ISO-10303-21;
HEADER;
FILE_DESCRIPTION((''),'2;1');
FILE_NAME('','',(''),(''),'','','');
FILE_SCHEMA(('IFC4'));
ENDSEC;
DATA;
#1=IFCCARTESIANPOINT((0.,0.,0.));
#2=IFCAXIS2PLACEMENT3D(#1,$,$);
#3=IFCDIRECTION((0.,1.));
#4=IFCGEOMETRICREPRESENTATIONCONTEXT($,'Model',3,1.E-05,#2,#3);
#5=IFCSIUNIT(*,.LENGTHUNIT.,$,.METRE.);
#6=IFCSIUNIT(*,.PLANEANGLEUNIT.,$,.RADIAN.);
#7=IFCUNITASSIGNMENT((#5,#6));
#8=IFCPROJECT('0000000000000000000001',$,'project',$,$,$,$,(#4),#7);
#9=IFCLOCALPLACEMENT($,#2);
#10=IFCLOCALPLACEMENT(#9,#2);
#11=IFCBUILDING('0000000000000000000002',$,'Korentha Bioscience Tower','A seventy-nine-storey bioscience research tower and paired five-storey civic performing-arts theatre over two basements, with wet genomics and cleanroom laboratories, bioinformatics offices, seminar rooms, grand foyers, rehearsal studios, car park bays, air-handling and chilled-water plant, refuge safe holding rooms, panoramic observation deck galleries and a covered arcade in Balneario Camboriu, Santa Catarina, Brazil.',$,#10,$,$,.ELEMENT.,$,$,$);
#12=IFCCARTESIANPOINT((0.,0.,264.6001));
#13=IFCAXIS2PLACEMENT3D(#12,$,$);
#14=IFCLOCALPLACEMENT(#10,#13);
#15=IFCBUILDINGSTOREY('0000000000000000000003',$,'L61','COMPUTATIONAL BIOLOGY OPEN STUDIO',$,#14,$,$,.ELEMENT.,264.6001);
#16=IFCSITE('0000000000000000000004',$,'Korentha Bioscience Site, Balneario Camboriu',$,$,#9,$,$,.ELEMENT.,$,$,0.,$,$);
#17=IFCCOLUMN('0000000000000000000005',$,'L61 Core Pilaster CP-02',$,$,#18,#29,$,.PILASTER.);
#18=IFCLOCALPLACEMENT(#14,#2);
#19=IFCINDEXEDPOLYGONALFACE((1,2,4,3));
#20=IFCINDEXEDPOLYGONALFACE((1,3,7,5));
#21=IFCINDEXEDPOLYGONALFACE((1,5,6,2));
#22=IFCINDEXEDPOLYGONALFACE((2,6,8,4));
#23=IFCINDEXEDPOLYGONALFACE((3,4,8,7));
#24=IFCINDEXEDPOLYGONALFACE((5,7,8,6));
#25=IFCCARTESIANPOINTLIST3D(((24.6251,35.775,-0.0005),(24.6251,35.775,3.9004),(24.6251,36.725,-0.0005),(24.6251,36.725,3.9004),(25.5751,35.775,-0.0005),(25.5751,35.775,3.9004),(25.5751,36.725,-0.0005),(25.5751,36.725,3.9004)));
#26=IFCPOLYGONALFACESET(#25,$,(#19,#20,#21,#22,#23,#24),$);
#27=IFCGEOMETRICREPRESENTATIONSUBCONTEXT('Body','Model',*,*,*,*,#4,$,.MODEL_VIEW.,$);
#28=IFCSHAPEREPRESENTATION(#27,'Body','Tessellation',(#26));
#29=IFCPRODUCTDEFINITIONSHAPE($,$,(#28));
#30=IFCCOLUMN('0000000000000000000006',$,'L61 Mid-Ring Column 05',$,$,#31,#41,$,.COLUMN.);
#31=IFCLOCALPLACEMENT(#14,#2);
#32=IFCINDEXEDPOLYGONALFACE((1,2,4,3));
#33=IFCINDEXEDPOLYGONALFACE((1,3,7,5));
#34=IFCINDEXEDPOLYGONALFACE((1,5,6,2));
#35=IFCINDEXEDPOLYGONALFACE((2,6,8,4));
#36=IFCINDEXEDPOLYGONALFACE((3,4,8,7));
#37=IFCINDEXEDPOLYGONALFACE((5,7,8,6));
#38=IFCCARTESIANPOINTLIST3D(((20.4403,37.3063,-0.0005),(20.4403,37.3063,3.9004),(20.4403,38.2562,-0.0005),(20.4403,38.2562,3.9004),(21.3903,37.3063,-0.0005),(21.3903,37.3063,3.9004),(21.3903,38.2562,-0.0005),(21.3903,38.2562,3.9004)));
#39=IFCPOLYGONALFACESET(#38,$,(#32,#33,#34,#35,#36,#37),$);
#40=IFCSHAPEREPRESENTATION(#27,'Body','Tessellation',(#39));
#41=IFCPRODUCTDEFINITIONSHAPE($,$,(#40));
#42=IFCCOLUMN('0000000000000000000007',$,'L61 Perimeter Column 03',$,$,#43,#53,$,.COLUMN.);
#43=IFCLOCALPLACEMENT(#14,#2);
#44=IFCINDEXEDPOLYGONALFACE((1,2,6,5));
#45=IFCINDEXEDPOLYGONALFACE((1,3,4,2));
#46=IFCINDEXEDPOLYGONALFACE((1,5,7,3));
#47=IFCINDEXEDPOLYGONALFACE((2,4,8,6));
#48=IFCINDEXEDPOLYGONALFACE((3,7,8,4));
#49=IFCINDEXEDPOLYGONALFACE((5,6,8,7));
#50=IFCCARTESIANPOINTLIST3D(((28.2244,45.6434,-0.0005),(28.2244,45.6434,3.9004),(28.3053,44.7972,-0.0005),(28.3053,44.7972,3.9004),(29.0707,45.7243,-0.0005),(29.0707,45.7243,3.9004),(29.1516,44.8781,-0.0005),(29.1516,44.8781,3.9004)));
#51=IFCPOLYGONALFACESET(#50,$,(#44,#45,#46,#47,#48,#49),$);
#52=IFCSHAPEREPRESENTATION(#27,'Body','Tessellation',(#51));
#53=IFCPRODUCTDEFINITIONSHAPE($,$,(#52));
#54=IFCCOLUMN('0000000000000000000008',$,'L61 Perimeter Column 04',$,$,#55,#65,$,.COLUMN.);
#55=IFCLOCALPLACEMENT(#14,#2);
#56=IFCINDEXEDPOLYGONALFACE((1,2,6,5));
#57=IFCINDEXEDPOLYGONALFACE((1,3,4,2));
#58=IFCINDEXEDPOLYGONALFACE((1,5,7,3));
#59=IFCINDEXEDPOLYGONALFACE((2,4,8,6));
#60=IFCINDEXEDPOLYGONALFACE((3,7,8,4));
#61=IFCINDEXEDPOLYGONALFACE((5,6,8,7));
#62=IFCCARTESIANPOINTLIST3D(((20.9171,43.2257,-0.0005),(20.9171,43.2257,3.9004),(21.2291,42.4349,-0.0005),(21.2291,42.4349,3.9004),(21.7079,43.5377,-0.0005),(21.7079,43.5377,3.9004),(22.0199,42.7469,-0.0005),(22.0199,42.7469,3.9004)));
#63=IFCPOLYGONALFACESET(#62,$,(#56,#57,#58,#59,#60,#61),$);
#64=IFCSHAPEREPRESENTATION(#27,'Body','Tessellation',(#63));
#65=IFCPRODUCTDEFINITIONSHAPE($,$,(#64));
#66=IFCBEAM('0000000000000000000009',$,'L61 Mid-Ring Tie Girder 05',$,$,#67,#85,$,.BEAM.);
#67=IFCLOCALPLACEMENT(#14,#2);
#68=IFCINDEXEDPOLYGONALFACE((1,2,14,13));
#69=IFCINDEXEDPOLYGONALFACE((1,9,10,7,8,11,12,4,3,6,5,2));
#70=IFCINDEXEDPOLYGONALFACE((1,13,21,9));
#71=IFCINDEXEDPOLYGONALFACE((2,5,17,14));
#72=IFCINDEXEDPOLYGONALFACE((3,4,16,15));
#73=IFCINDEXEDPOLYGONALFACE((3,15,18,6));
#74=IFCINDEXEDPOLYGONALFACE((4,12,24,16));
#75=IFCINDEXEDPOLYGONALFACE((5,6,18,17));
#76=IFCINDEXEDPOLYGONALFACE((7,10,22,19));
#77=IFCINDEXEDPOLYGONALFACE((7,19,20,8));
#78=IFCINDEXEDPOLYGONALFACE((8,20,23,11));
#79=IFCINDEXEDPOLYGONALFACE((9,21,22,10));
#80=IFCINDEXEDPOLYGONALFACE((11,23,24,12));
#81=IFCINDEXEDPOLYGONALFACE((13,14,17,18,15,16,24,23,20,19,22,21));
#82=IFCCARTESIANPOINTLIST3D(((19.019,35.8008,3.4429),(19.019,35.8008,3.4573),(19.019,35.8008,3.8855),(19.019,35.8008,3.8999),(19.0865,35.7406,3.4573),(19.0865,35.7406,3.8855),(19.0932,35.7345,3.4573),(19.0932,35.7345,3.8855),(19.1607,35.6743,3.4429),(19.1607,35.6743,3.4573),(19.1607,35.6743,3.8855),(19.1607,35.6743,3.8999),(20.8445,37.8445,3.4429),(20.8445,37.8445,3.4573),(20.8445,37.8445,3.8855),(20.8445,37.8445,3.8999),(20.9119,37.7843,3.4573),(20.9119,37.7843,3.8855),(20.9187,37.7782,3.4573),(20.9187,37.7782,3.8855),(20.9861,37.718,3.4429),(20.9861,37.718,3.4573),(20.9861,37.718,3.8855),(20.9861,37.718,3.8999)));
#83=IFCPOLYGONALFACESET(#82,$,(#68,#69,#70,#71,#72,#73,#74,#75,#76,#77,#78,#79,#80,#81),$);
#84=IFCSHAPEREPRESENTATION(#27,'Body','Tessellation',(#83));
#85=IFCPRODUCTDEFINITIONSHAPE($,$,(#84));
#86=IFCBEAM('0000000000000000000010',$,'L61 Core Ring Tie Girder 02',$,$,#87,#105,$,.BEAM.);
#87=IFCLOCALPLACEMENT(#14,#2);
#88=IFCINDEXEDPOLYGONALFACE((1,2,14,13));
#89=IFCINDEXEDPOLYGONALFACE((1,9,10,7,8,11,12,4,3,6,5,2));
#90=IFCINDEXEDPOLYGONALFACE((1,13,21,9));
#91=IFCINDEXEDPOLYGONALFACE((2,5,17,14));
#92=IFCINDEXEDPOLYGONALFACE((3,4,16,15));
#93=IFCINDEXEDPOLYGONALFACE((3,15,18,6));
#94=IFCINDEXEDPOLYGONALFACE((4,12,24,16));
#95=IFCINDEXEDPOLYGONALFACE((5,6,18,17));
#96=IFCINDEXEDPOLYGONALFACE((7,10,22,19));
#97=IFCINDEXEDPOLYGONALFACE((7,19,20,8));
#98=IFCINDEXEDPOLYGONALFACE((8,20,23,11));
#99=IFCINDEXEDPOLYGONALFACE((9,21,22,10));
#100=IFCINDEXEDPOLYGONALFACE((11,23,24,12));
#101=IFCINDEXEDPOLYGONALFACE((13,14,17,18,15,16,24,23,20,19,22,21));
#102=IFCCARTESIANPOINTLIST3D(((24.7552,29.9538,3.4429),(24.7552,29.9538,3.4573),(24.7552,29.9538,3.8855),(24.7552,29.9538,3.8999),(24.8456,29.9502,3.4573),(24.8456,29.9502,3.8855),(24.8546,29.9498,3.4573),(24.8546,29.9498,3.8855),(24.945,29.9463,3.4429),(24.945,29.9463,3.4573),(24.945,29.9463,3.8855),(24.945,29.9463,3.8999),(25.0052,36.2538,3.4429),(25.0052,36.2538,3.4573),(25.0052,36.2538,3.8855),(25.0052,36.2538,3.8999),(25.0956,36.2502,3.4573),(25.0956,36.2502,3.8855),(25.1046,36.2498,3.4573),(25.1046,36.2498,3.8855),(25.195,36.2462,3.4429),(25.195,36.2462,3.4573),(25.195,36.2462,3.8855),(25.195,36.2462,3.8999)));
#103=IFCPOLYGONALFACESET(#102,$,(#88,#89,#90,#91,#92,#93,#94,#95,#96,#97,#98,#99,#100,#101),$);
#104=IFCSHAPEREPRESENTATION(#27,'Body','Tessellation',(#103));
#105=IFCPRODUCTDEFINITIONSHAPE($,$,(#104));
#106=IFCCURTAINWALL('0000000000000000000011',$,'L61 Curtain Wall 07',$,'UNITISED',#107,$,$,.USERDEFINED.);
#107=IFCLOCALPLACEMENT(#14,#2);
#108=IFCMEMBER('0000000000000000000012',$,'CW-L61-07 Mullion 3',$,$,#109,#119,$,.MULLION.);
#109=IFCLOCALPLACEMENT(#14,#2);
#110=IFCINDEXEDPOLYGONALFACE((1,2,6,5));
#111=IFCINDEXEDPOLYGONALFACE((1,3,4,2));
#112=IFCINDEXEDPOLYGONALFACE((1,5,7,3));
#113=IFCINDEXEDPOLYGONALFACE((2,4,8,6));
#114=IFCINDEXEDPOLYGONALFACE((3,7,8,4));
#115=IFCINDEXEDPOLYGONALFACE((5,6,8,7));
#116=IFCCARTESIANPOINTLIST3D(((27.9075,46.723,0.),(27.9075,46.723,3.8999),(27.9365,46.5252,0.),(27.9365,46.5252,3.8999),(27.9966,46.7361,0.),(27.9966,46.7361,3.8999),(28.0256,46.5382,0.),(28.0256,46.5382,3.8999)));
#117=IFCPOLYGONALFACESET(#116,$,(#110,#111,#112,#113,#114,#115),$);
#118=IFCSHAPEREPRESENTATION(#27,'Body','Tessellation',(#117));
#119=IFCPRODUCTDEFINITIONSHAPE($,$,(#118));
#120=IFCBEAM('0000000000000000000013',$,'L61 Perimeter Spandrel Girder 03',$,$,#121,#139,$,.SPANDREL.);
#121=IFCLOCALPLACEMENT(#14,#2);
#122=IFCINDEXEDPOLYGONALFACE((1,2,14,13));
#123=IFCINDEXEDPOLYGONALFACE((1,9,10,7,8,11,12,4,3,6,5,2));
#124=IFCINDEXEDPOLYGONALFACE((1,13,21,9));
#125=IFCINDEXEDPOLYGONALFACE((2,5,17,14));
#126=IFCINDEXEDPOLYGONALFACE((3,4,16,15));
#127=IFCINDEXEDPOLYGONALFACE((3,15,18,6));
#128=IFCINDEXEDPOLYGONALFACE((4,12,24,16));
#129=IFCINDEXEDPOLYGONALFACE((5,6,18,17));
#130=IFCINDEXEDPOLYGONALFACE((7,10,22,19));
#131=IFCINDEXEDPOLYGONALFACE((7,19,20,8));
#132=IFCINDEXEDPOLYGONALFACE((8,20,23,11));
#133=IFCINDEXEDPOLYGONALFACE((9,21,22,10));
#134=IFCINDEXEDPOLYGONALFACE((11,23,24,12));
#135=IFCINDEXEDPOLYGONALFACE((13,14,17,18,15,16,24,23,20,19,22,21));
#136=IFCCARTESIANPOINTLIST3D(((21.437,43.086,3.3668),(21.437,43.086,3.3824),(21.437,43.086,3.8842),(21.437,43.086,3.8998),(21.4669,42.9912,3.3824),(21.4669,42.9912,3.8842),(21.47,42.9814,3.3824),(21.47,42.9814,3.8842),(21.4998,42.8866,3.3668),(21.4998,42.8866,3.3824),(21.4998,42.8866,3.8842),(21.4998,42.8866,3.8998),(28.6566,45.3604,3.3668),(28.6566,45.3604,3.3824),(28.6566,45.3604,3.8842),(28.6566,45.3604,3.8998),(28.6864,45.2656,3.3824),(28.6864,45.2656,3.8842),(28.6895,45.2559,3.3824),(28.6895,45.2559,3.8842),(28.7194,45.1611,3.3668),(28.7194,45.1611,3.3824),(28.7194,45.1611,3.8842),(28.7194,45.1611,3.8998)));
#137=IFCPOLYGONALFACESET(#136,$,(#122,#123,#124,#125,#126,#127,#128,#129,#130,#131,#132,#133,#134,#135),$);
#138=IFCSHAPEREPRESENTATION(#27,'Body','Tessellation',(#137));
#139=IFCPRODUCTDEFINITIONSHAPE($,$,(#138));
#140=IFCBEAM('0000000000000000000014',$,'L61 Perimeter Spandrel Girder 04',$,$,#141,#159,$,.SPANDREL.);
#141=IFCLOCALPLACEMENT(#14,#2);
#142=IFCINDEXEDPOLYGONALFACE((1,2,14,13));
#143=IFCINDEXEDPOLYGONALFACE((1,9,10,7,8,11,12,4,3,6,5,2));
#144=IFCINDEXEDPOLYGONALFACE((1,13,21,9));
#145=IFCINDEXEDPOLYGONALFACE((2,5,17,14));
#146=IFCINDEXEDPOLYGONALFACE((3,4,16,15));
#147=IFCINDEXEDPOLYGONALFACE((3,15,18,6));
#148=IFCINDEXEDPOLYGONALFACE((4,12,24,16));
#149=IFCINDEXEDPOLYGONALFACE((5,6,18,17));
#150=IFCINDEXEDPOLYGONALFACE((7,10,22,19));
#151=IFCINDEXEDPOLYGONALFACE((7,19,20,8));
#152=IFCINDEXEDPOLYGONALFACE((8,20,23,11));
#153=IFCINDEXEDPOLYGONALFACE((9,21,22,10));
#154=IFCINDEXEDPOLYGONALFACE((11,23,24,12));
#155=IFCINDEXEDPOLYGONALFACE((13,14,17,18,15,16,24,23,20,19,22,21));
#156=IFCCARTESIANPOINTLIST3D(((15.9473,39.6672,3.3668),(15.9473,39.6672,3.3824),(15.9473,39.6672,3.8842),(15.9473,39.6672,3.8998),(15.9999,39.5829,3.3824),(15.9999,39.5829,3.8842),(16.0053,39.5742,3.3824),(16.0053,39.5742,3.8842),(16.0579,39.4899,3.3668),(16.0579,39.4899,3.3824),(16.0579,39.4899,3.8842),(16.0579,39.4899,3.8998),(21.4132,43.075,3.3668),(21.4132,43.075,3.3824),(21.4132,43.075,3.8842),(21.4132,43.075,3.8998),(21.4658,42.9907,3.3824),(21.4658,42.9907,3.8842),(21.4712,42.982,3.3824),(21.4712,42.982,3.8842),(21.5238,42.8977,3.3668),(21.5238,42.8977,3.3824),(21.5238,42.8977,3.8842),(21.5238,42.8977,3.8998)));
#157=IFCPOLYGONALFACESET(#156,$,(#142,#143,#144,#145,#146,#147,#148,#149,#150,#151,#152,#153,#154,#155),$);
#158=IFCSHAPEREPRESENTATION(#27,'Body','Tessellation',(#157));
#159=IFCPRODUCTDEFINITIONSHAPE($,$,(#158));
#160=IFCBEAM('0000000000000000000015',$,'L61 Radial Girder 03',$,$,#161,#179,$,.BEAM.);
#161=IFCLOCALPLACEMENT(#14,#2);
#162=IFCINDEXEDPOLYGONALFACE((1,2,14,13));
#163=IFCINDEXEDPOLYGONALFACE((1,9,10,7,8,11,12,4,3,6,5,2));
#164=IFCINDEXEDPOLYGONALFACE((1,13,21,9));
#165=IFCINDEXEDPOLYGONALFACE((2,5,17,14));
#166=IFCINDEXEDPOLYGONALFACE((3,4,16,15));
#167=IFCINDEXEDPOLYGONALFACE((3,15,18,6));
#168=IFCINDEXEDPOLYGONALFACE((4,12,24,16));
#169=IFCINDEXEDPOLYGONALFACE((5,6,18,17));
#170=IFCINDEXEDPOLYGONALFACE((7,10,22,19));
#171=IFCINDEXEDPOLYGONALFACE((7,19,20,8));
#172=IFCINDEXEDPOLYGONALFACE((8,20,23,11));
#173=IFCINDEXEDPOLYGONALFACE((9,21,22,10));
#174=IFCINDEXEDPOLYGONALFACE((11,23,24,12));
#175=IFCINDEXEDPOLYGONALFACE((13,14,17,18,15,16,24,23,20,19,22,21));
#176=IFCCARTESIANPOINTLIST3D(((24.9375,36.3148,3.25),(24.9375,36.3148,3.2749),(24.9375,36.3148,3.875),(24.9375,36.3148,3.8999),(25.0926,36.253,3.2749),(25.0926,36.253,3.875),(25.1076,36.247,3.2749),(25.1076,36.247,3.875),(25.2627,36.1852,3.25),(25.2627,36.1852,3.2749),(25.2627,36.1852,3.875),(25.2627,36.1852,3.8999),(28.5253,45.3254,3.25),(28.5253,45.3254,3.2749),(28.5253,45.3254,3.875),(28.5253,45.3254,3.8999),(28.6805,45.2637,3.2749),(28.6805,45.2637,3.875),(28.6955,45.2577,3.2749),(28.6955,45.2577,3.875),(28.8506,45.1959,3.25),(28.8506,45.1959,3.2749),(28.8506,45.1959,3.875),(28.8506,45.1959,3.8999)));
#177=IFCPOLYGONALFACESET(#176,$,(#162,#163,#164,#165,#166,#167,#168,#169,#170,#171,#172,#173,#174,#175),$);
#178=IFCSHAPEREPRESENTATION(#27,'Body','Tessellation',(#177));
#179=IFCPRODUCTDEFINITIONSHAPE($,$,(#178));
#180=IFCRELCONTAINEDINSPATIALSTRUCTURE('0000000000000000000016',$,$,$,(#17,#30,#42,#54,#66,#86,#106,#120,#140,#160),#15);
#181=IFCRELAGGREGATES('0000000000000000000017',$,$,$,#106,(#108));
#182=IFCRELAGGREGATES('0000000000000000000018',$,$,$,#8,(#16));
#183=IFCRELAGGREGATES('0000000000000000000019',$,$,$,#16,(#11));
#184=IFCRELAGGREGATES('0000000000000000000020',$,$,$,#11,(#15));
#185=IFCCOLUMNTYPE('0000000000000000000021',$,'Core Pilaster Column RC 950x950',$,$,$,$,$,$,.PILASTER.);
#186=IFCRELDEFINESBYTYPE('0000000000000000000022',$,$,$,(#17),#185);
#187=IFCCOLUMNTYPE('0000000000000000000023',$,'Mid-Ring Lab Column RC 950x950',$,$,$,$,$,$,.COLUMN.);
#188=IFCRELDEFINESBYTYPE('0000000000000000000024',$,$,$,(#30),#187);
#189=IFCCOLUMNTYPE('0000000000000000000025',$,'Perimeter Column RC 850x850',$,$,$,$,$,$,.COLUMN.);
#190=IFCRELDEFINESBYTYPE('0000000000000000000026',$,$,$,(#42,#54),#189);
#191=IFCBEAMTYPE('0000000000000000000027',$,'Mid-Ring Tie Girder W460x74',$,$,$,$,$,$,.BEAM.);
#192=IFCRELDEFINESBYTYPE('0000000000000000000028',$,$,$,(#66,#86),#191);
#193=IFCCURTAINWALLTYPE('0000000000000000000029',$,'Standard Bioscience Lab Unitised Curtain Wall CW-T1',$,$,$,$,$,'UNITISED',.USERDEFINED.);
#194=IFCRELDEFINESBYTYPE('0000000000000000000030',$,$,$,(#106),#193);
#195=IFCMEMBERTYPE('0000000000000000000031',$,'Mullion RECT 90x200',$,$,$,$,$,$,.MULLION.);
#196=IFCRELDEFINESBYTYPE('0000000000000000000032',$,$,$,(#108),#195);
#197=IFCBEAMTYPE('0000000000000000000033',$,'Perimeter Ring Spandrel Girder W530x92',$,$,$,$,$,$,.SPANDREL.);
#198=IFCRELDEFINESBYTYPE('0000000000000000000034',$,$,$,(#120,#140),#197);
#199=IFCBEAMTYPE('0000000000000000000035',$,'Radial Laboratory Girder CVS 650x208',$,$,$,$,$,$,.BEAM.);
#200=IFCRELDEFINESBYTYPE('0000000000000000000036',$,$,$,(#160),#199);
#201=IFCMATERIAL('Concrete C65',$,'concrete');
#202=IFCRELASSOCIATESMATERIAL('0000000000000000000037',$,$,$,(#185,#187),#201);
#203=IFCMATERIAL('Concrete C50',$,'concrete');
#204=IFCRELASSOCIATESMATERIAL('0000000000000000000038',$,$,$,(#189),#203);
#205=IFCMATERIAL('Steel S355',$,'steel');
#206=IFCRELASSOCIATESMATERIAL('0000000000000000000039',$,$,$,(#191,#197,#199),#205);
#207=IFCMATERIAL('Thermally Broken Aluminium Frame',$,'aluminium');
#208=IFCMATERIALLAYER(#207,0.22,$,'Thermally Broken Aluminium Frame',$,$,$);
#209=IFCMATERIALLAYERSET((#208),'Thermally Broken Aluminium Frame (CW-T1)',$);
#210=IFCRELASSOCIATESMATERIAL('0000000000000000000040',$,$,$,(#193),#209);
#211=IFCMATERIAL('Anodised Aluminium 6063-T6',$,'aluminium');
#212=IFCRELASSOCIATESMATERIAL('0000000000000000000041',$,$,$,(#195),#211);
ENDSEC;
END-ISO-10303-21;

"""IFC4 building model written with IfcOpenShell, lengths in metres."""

from ifc_helpers import new_model, si_unit, direction, frame, origin, origin_2d, place, context, subcontext, project, spatial, rectangle, i_section, extrude, material, layer, layer_set, material_profile, profile_set, type_object, element, aggregate, save


model = new_model("IFC4")

# Units and contexts
model_context = context("Model", 3, precision=1e-05, world=origin(), true_north=direction((0.0, 1.0)))
body_context = subcontext(model_context, "Body", "Model", "MODEL_VIEW")
ifc_project = project(units=[si_unit("LENGTHUNIT", "METRE"), si_unit("PLANEANGLEUNIT", "RADIAN")], contexts=[model_context])

# Site, building, storey
site_placement = place(None, origin())
site = spatial("IfcSite", under=ifc_project, at=site_placement, Name="Korentha Bioscience Site, Balneario Camboriu", CompositionType="ELEMENT", RefElevation=0.0)
building_placement = place(site_placement, origin())
building = spatial("IfcBuilding", under=site, at=building_placement, Name="Korentha Bioscience Tower", Description="A seventy-nine-storey bioscience research tower and paired five-storey civic performing-arts theatre over two basements, with wet genomics and cleanroom laboratories, bioinformatics offices, seminar rooms, grand foyers, rehearsal studios, car park bays, air-handling and chilled-water plant, refuge safe holding rooms, panoramic observation deck galleries and a covered arcade in Balneario Camboriu, Santa Catarina, Brazil.", CompositionType="ELEMENT")
storey_placement = place(building_placement, frame((0.0, 0.0, 264.6001)))
storey = spatial("IfcBuildingStorey", under=building, at=storey_placement, Name="L61", Description="COMPUTATIONAL BIOLOGY OPEN STUDIO", CompositionType="ELEMENT", Elevation=264.6001)

# Columns
ifc_material_1 = material(Name="Concrete C65", Category="concrete")
ifc_material_profile_1 = material_profile(ifc_material_1, rectangle(XDim=0.95, YDim=0.95, at=origin_2d()), Name="Concrete C65")
ifc_profile_set_1 = profile_set([ifc_material_profile_1], Name="Concrete C65 (COL-CP09)")
column_type_1 = type_object("IfcColumnType", Name="Core Pilaster Column RC 950x950", PredefinedType="PILASTER", material=ifc_profile_set_1)
column_1_placement = place(storey_placement, frame((25.1001, 36.25, -0.0005), z_axis=(0.0, 0.0, 1.0), x_axis=(1.0, 0.0, 0.0)))
element("IfcColumn", 1, at=column_1_placement, inside=storey, type_object=column_type_1, Name="L61 Core Pilaster CP-02", PredefinedType="PILASTER", context=body_context, shape_type="SweptSolid", body=[
    extrude(rectangle(XDim=0.95, YDim=0.95, at=origin_2d()), origin(), (0.0, 0.0, 1.0), 3.9009),
])
ifc_material_profile_2 = material_profile(ifc_material_1, rectangle(XDim=0.95, YDim=0.95, at=origin_2d()), Name="Concrete C65")
ifc_profile_set_2 = profile_set([ifc_material_profile_2], Name="Concrete C65 (COL-MR09)")
column_type_2 = type_object("IfcColumnType", Name="Mid-Ring Lab Column RC 950x950", PredefinedType="COLUMN", material=ifc_profile_set_2)
column_2_placement = place(storey_placement, frame((20.9153, 37.7812, -0.0005), z_axis=(0.0, 0.0, 1.0), x_axis=(1.0, 0.0, 0.0)))
element("IfcColumn", 2, at=column_2_placement, inside=storey, type_object=column_type_2, Name="L61 Mid-Ring Column 05", PredefinedType="COLUMN", context=body_context, shape_type="SweptSolid", body=[
    extrude(rectangle(XDim=0.95, YDim=0.95, at=origin_2d()), origin(), (0.0, 0.0, 1.0), 3.9009),
])
ifc_material_2 = material(Name="Concrete C50", Category="concrete")
ifc_material_profile_3 = material_profile(ifc_material_2, rectangle(XDim=0.8501, YDim=0.8501, at=origin_2d()), Name="Concrete C50")
ifc_profile_set_3 = profile_set([ifc_material_profile_3], Name="Concrete C50 (COL-P08)")
column_type_3 = type_object("IfcColumnType", Name="Perimeter Column RC 850x850", PredefinedType="COLUMN", material=ifc_profile_set_3)
for number, where, z_axis, x_axis, name in (
    (3, (28.688, 45.2607, -0.0005), (0.0, 0.0, 1.0), (0.995463, 0.095151, 0.0), "L61 Perimeter Column 03"),
    (4, (21.4685, 42.9863, -0.0005), (0.0, 0.0, 1.0), (0.930226, 0.366988, 0.0), "L61 Perimeter Column 04"),
):
    element("IfcColumn", number, at=place(storey_placement, frame(where, z_axis=z_axis, x_axis=x_axis)), inside=storey, type_object=column_type_3, Name=name, PredefinedType="COLUMN", context=body_context, shape_type="SweptSolid", body=[
        extrude(rectangle(XDim=0.8501, YDim=0.8501, at=origin_2d()), origin(), (0.0, 0.0, 1.0), 3.9009),
    ])

# Beams
ifc_material_3 = material(Name="Steel S355", Category="steel")
ifc_material_profile_4 = material_profile(ifc_material_3, i_section(OverallWidth=0.1899, OverallDepth=0.457, WebThickness=0.009, FlangeThickness=0.0144, at=origin_2d()), Name="Steel S355")
ifc_profile_set_4 = profile_set([ifc_material_profile_4], Name="Steel S355 (MB-460)")
beam_type_1 = type_object("IfcBeamType", Name="Mid-Ring Tie Girder W460x74", PredefinedType="BEAM", material=ifc_profile_set_4)
beam_1_placement = place(storey_placement, frame((20.9153, 37.7812, 3.6714), z_axis=(-0.666159, -0.74581, 0.0), x_axis=(0.74581, -0.666159, 0.0)))
element("IfcBeam", 5, at=beam_1_placement, inside=storey, type_object=beam_type_1, Name="L61 Mid-Ring Tie Girder 05", PredefinedType="BEAM", context=body_context, shape_type="SweptSolid", body=[
    extrude(i_section(OverallWidth=0.1899, OverallDepth=0.457, WebThickness=0.009, FlangeThickness=0.0144, at=origin_2d()), origin(), (0.0, 0.0, 1.0), 2.7402),
])
beam_2_placement = place(storey_placement, frame((25.1001, 36.25, 3.6714), z_axis=(-0.039651, -0.999214, 0.0), x_axis=(0.999214, -0.039651, 0.0)))
element("IfcBeam", 6, at=beam_2_placement, inside=storey, type_object=beam_type_1, Name="L61 Core Ring Tie Girder 02", PredefinedType="BEAM", context=body_context, shape_type="SweptSolid", body=[
    extrude(i_section(OverallWidth=0.1899, OverallDepth=0.457, WebThickness=0.009, FlangeThickness=0.0144, at=origin_2d()), origin(), (0.0, 0.0, 1.0), 6.3049),
])

# Curtain wall, member
ifc_material_4 = material(Name="Thermally Broken Aluminium Frame", Category="aluminium")
ifc_layer_1 = layer(ifc_material_4, 0.22, Name="Thermally Broken Aluminium Frame")
ifc_layer_set_1 = layer_set([ifc_layer_1], Name="Thermally Broken Aluminium Frame (CW-T1)")
curtain_wall_type = type_object("IfcCurtainWallType", Name="Standard Bioscience Lab Unitised Curtain Wall CW-T1", ElementType="UNITISED", PredefinedType="USERDEFINED", material=ifc_layer_set_1)
curtain_wall_placement = place(storey_placement, origin())
curtain_wall = element("IfcCurtainWall", 7, at=curtain_wall_placement, inside=storey, type_object=curtain_wall_type, Name="L61 Curtain Wall 07", ObjectType="UNITISED", PredefinedType="USERDEFINED")
ifc_material_5 = material(Name="Anodised Aluminium 6063-T6", Category="aluminium")
ifc_material_profile_5 = material_profile(ifc_material_5, rectangle(XDim=0.0901, YDim=0.2, at=origin_2d()), Name="Anodised Aluminium 6063-T6")
ifc_profile_set_5 = profile_set([ifc_material_profile_5], Name="Anodised Aluminium 6063-T6 (CW-MUL)")
member_type = type_object("IfcMemberType", Name="Mullion RECT 90x200", PredefinedType="MULLION", material=ifc_profile_set_5)
member_placement = place(storey_placement, frame((27.9666, 46.6306, 0.0), z_axis=(0.0, 0.0, 1.0), x_axis=(-0.98946, -0.144809, 0.0)))
member = element("IfcMember", 8, at=member_placement, type_object=member_type, Name="CW-L61-07 Mullion 3", PredefinedType="MULLION", context=body_context, shape_type="SweptSolid", body=[
    extrude(rectangle(XDim=0.0901, YDim=0.2, at=origin_2d()), origin(), (0.0, 0.0, 1.0), 3.8999),
])

# Beams
ifc_material_profile_6 = material_profile(ifc_material_3, i_section(OverallWidth=0.209, OverallDepth=0.533, WebThickness=0.0103, FlangeThickness=0.0156, at=origin_2d()), Name="Steel S355")
ifc_profile_set_6 = profile_set([ifc_material_profile_6], Name="Steel S355 (SB-530)")
beam_type_2 = type_object("IfcBeamType", Name="Perimeter Ring Spandrel Girder W530x92", PredefinedType="SPANDREL", material=ifc_profile_set_6)
beam_3_placement = place(storey_placement, frame((28.688, 45.2607, 3.6333), z_axis=(-0.953788, -0.30048, 0.0), x_axis=(0.30048, -0.953788, 0.0)))
element("IfcBeam", 9, at=beam_3_placement, inside=storey, type_object=beam_type_2, Name="L61 Perimeter Spandrel Girder 03", PredefinedType="SPANDREL", context=body_context, shape_type="SweptSolid", body=[
    extrude(i_section(OverallWidth=0.209, OverallDepth=0.533, WebThickness=0.0103, FlangeThickness=0.0156, at=origin_2d()), origin(), (0.0, 0.0, 1.0), 7.5693),
])
beam_4_placement = place(storey_placement, frame((21.4685, 42.9863, 3.6333), z_axis=(-0.848586, -0.529058, 0.0), x_axis=(0.529058, -0.848586, 0.0)))
element("IfcBeam", 10, at=beam_4_placement, inside=storey, type_object=beam_type_2, Name="L61 Perimeter Spandrel Girder 04", PredefinedType="SPANDREL", context=body_context, shape_type="SweptSolid", body=[
    extrude(i_section(OverallWidth=0.209, OverallDepth=0.533, WebThickness=0.0103, FlangeThickness=0.0156, at=origin_2d()), origin(), (0.0, 0.0, 1.0), 6.4412),
])
ifc_material_profile_7 = material_profile(ifc_material_3, i_section(OverallWidth=0.3501, OverallDepth=0.6499, WebThickness=0.0161, FlangeThickness=0.0249, at=origin_2d()), Name="Steel S355")
ifc_profile_set_7 = profile_set([ifc_material_profile_7], Name="Steel S355 (RB-650)")
beam_type_3 = type_object("IfcBeamType", Name="Radial Laboratory Girder CVS 650x208", PredefinedType="BEAM", material=ifc_profile_set_7)
beam_5_placement = place(storey_placement, frame((25.1001, 36.25, 3.575), z_axis=(0.369932, 0.929059, 0.0), x_axis=(-0.929059, 0.369932, 0.0)))
element("IfcBeam", 11, at=beam_5_placement, inside=storey, type_object=beam_type_3, Name="L61 Radial Girder 03", PredefinedType="BEAM", context=body_context, shape_type="SweptSolid", body=[
    extrude(i_section(OverallWidth=0.3501, OverallDepth=0.6499, WebThickness=0.0161, FlangeThickness=0.0249, at=origin_2d()), origin(), (0.0, 0.0, 1.0), 9.6987),
])

aggregate(curtain_wall, [member])

save(model, "model.ifc")
